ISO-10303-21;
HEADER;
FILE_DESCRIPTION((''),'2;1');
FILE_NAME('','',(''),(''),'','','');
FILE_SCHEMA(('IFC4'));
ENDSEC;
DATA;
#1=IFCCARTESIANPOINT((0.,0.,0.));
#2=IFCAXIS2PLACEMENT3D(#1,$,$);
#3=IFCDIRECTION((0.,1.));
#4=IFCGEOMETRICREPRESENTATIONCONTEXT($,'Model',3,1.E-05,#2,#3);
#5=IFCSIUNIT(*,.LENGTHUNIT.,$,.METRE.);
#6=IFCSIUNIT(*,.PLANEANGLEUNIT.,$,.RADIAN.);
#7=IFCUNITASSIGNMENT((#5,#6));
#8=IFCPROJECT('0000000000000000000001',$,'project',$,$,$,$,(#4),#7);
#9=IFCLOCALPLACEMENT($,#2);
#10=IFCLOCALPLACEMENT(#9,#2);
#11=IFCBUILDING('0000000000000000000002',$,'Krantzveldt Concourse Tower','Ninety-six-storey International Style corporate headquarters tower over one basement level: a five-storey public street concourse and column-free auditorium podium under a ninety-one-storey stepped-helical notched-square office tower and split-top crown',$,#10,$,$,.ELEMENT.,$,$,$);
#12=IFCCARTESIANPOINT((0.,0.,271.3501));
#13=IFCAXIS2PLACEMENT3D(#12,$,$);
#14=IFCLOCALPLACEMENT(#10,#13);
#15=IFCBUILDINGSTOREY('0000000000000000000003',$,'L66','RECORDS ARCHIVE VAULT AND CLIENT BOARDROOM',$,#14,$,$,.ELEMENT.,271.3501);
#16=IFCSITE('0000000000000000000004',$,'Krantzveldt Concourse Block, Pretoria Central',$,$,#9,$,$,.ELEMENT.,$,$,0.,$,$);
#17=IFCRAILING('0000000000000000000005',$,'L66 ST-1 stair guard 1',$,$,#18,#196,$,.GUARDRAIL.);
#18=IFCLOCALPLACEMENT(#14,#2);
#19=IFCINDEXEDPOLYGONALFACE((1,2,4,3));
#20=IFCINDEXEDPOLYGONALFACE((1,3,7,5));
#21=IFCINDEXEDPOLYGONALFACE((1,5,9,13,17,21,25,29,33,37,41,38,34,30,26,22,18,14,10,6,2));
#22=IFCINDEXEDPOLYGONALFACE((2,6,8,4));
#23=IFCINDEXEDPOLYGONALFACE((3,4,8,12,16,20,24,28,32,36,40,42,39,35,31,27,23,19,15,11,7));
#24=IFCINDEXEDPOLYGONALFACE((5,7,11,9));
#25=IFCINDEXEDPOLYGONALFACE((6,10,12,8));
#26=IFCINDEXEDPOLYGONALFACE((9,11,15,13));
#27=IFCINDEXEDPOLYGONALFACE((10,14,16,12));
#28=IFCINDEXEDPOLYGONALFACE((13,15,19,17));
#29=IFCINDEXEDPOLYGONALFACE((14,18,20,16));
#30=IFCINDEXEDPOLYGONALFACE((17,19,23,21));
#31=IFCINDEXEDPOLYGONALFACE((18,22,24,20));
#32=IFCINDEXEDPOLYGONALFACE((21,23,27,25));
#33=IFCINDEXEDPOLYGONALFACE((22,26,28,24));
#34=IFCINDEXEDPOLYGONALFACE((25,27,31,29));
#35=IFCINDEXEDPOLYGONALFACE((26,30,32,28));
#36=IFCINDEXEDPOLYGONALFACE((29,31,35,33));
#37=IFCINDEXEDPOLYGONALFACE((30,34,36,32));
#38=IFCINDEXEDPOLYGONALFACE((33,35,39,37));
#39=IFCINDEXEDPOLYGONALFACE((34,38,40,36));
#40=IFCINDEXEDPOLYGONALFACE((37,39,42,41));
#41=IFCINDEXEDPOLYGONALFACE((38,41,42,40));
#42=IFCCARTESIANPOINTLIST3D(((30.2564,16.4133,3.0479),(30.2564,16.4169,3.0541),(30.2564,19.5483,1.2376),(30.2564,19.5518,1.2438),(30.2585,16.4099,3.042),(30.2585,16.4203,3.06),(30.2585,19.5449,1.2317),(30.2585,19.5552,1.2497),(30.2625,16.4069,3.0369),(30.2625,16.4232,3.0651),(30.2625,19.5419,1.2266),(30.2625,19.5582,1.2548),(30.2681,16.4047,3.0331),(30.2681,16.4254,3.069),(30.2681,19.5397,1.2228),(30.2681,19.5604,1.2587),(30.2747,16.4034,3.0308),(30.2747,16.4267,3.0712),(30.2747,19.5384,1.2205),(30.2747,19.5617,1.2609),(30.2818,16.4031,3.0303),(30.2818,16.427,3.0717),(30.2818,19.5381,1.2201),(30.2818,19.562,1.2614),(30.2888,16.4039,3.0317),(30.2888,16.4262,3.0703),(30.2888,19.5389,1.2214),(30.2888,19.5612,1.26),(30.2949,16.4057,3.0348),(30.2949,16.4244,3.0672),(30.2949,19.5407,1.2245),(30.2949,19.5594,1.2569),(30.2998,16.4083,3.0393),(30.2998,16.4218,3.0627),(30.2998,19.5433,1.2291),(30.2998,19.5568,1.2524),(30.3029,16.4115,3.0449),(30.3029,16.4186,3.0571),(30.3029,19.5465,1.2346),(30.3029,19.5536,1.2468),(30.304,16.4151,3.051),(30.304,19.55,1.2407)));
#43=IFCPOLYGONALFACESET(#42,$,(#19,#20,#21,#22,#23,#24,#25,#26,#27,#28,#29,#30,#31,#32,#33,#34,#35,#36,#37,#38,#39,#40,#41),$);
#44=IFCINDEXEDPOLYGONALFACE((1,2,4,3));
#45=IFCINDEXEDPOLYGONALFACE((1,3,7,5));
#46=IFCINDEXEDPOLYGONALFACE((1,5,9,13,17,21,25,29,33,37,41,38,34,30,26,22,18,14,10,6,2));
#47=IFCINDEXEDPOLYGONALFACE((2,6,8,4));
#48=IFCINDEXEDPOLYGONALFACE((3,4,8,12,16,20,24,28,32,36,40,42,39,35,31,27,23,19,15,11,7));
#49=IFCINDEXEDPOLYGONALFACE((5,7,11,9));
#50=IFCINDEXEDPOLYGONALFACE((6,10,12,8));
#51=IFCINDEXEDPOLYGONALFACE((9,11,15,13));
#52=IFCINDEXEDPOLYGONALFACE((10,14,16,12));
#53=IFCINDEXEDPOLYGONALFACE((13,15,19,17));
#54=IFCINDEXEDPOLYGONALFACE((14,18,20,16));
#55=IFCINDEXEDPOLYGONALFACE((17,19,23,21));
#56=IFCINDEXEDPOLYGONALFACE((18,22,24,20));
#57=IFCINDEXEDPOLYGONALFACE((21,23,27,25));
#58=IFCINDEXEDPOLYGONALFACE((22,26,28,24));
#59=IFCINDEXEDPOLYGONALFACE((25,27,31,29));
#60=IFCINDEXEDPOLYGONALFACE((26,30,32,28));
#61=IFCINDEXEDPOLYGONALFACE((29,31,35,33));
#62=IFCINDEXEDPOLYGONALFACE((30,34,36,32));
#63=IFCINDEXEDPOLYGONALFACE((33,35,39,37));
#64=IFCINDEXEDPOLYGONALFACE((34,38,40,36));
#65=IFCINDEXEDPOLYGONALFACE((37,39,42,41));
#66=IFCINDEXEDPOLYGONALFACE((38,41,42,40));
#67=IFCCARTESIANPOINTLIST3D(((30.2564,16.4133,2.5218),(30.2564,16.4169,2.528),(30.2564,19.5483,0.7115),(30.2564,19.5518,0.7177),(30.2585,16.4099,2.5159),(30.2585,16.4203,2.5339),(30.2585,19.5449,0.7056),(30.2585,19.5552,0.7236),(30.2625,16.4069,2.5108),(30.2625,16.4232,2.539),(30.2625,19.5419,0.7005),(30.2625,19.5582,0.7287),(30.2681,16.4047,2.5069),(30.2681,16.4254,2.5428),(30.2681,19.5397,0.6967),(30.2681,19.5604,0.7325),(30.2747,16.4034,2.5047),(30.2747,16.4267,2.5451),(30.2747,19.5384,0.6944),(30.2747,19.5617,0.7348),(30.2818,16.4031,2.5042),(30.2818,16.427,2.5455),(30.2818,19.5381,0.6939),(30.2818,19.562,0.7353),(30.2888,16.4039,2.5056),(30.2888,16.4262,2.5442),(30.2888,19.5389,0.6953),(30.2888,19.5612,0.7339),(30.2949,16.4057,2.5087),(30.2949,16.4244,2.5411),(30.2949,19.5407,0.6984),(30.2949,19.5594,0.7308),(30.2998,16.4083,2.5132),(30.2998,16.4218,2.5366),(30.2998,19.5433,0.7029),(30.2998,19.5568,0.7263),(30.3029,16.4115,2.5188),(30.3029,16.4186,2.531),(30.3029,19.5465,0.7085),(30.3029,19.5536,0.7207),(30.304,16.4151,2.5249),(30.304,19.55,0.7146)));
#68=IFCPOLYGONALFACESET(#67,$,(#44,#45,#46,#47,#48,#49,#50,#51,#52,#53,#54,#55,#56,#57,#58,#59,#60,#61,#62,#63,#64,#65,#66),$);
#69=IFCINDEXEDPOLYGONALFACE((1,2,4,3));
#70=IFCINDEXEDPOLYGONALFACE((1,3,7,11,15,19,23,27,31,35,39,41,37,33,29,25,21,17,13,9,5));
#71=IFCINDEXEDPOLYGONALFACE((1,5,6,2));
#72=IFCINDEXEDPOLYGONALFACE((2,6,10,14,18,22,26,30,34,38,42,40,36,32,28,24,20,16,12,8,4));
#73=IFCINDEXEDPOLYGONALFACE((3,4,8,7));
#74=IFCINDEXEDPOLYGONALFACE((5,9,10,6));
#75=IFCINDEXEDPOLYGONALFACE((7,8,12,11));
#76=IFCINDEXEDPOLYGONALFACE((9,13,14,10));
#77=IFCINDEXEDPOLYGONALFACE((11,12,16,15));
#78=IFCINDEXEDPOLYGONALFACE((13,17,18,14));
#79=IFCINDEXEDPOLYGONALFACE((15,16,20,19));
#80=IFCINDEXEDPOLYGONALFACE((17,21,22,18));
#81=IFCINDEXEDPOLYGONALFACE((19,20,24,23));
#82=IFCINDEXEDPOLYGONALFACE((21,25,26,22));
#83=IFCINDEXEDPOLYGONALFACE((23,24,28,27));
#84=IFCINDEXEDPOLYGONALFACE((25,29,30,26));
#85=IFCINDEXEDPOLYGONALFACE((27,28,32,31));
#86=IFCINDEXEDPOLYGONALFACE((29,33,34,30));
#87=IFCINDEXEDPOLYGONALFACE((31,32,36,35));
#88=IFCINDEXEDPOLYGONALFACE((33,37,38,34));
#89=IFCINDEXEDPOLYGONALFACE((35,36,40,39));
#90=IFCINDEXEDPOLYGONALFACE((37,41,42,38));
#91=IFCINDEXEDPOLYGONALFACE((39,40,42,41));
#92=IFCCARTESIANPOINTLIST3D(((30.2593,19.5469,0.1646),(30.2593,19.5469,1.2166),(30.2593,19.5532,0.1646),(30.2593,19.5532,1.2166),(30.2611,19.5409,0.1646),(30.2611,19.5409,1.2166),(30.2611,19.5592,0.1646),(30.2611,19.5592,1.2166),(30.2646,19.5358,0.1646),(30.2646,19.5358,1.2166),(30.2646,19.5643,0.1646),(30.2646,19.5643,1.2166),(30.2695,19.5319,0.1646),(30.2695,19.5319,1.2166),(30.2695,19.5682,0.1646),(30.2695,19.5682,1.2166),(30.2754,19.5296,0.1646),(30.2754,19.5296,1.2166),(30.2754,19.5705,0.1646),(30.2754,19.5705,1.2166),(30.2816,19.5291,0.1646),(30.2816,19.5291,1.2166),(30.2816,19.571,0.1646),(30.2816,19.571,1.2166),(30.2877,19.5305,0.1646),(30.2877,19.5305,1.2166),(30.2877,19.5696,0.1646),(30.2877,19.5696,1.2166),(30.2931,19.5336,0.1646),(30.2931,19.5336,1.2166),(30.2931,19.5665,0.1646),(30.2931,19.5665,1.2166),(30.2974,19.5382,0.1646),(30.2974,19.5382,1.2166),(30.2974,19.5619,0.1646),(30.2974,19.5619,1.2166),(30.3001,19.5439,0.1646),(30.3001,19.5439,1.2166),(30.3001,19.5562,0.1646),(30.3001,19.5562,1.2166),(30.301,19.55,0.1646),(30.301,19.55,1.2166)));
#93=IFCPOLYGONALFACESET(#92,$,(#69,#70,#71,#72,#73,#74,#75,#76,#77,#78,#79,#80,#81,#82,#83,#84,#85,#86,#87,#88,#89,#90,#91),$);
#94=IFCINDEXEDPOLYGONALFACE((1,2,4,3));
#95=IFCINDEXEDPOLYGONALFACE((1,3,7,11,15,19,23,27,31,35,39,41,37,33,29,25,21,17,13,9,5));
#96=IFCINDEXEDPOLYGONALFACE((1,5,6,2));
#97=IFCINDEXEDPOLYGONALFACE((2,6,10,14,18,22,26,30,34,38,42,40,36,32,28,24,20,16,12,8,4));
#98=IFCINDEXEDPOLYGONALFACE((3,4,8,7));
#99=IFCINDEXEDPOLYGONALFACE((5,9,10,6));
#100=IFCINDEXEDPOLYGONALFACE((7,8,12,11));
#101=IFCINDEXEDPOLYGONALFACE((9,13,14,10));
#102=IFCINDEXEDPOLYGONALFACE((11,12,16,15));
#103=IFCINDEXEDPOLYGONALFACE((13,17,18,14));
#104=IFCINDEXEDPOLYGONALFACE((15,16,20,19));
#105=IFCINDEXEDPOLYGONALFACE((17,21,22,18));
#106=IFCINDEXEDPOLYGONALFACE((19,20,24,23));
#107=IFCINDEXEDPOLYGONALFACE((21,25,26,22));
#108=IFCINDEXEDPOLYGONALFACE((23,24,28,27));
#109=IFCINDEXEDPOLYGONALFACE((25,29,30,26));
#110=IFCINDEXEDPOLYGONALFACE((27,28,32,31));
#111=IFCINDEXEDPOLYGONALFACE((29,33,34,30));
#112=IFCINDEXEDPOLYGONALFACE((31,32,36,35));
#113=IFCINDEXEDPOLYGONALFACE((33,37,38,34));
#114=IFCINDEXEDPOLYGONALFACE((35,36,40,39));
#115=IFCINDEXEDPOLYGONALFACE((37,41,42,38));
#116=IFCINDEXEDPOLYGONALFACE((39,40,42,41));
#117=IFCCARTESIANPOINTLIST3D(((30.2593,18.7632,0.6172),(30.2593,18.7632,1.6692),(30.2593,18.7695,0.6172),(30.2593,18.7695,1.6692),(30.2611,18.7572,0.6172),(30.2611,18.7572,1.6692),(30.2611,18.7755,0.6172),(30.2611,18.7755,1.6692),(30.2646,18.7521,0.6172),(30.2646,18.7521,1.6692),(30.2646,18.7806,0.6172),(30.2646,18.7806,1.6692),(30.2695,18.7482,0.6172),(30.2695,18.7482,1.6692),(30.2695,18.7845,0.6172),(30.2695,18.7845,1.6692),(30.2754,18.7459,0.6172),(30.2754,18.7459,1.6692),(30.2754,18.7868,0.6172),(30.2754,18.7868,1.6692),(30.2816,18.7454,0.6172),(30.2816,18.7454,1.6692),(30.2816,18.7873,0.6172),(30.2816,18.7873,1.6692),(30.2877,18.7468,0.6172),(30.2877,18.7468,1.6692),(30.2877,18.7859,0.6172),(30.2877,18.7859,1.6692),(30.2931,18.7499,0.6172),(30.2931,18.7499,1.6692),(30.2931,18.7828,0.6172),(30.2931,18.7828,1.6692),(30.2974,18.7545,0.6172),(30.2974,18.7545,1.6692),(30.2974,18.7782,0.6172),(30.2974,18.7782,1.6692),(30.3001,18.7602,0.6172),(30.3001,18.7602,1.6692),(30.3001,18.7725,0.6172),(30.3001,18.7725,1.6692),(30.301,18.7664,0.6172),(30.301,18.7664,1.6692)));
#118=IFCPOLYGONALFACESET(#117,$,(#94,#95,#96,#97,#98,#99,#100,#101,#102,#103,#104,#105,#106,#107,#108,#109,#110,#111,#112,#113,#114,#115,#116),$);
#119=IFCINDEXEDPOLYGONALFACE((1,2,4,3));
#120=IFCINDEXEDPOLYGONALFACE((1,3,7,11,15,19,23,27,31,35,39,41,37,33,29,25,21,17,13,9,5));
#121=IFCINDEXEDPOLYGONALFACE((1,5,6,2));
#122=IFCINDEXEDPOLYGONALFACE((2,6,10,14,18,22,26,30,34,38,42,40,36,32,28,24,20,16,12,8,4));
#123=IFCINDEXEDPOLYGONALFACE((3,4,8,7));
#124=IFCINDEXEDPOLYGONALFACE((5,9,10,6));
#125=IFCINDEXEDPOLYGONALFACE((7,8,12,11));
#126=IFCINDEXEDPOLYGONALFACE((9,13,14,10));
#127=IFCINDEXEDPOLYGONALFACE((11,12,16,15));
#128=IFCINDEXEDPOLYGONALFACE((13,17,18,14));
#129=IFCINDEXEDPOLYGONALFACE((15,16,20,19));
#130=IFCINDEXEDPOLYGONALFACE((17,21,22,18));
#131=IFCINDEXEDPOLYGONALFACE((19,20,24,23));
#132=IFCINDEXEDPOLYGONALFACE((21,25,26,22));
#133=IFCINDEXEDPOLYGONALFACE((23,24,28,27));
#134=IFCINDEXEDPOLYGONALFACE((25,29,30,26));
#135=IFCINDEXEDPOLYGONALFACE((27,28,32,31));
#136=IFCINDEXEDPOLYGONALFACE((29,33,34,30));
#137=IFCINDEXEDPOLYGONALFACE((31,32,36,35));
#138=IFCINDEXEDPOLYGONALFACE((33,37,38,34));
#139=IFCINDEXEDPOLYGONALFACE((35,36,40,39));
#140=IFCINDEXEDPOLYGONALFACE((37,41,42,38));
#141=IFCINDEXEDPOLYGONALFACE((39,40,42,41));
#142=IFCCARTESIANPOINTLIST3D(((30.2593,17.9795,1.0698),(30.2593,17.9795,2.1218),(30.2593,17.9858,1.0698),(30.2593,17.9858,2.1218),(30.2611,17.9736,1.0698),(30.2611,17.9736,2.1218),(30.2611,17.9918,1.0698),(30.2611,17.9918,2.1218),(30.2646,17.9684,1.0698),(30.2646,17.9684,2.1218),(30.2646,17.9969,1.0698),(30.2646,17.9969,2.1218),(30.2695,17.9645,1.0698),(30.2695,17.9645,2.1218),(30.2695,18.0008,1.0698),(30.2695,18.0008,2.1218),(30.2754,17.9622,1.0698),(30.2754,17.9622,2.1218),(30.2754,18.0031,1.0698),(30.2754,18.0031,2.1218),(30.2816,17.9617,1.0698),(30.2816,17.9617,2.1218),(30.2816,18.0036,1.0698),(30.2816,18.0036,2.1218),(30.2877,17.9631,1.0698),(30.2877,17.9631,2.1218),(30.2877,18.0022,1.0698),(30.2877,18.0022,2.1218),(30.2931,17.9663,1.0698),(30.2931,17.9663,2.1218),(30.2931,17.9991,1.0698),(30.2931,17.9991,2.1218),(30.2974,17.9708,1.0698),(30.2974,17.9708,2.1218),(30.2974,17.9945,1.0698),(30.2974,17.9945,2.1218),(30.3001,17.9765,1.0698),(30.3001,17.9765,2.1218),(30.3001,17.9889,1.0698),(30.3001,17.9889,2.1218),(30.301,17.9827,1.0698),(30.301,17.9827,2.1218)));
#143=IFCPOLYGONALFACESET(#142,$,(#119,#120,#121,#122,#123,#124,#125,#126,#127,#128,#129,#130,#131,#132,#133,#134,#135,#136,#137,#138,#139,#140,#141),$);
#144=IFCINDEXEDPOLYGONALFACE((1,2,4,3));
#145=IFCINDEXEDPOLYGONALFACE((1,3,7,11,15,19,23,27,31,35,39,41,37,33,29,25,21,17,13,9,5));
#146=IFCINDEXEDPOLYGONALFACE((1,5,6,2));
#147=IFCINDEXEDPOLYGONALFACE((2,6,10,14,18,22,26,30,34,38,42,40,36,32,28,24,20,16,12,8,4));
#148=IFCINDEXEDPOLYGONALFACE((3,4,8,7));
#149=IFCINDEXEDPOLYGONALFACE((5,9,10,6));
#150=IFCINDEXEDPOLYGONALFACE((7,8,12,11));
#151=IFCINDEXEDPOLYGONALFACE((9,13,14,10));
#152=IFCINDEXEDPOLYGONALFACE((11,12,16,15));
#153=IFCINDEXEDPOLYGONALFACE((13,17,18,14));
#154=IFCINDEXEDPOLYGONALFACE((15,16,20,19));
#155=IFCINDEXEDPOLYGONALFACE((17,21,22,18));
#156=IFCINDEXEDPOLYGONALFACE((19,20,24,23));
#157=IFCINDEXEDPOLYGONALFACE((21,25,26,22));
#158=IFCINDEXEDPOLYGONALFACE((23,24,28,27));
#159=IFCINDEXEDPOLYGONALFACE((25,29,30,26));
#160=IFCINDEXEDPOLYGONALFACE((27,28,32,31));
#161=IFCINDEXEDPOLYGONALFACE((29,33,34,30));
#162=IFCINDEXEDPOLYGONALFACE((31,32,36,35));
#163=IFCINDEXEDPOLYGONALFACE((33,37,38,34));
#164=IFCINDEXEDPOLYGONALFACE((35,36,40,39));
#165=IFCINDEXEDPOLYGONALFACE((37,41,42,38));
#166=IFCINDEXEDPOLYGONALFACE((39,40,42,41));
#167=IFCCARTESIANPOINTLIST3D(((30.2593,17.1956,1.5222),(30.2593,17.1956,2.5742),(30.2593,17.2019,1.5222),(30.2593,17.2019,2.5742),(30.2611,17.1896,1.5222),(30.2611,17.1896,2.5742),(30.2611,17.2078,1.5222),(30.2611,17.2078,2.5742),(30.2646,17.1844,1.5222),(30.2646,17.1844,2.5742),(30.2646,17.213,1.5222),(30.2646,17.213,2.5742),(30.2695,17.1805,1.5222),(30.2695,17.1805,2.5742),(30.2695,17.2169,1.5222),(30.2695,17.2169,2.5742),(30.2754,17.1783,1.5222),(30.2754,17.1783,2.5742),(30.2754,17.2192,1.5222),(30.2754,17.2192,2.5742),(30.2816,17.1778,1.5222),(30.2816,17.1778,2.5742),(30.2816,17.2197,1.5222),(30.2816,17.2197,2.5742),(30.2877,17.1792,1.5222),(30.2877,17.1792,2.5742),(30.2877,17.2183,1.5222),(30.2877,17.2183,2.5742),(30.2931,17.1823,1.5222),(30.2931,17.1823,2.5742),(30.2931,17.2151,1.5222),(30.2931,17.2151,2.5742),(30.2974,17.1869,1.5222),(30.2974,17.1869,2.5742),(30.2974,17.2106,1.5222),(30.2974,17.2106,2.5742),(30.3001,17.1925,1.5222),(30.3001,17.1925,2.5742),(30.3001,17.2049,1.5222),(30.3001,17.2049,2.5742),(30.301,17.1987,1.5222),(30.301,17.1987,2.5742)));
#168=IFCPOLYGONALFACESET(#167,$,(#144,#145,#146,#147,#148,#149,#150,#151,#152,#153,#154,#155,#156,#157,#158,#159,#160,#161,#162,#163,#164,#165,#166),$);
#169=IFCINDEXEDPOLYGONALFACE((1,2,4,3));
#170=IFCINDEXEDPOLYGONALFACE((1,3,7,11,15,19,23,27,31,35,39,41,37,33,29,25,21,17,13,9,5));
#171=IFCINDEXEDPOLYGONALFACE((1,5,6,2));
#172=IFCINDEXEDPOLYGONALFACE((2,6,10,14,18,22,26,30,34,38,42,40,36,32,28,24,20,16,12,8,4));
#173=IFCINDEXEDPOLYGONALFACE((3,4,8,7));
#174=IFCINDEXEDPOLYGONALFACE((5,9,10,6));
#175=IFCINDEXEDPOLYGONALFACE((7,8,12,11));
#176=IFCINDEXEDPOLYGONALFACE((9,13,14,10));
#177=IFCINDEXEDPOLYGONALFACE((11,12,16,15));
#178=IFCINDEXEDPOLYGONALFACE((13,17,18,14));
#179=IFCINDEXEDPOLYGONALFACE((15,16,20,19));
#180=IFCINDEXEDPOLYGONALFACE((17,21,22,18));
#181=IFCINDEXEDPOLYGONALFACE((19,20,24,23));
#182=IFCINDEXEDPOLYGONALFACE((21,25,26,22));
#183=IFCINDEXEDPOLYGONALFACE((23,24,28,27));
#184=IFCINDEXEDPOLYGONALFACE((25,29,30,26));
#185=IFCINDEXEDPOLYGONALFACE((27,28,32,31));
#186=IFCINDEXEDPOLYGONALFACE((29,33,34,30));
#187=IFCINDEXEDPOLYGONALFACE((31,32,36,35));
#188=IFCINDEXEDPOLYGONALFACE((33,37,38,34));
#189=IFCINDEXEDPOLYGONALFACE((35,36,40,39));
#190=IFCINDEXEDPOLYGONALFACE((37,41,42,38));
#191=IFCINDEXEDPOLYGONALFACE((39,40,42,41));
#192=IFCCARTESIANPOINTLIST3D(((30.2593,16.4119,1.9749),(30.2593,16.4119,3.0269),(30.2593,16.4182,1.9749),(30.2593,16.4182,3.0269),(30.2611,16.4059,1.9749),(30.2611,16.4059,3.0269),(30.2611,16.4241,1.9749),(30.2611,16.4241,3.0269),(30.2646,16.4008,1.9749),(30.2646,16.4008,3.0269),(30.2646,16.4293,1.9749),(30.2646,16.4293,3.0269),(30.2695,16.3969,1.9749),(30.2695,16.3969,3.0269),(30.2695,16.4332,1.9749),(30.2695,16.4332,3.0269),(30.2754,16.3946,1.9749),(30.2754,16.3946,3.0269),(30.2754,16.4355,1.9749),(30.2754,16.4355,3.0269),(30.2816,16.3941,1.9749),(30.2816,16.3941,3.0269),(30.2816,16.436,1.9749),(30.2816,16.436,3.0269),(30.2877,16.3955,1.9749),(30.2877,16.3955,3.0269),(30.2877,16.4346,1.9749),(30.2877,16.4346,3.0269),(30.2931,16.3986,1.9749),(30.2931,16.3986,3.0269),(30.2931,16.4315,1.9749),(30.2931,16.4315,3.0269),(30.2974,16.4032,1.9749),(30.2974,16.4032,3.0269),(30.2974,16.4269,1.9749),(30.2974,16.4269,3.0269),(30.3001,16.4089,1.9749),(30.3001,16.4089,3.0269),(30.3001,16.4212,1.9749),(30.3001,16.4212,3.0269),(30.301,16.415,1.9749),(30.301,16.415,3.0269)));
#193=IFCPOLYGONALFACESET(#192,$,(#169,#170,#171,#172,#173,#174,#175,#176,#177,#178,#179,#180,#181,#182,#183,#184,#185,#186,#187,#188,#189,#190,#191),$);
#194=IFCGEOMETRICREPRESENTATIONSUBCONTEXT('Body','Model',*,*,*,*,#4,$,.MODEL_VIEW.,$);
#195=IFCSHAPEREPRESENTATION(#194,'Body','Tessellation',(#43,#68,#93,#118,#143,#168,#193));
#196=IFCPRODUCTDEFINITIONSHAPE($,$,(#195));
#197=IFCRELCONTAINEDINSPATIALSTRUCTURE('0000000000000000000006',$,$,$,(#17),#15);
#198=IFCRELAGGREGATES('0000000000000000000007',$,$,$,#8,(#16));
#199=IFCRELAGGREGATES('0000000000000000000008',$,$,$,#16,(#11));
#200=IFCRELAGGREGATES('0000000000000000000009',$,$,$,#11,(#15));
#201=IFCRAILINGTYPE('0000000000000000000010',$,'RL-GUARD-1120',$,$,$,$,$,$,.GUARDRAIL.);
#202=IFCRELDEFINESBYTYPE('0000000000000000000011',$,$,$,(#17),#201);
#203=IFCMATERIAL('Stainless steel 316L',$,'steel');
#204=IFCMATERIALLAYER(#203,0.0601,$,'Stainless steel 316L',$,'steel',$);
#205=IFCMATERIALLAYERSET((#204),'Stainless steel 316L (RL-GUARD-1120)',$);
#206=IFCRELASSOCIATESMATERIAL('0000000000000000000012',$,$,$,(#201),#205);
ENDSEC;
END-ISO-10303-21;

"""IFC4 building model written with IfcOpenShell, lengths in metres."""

from ifc_helpers import new_model, si_unit, direction, frame, origin, origin_2d, place, context, subcontext, project, spatial, circle, extrude, material, layer, layer_set, type_object, element, save


model = new_model("IFC4")

# Units and contexts
model_context = context("Model", 3, precision=1e-05, world=origin(), true_north=direction((0.0, 1.0)))
body_context = subcontext(model_context, "Body", "Model", "MODEL_VIEW")
ifc_project = project(units=[si_unit("LENGTHUNIT", "METRE"), si_unit("PLANEANGLEUNIT", "RADIAN")], contexts=[model_context])

# Site, building, storey
site_placement = place(None, origin())
site = spatial("IfcSite", under=ifc_project, at=site_placement, Name="Krantzveldt Concourse Block, Pretoria Central", CompositionType="ELEMENT", RefElevation=0.0)
building_placement = place(site_placement, origin())
building = spatial("IfcBuilding", under=site, at=building_placement, Name="Krantzveldt Concourse Tower", Description="Ninety-six-storey International Style corporate headquarters tower over one basement level: a five-storey public street concourse and column-free auditorium podium under a ninety-one-storey stepped-helical notched-square office tower and split-top crown", CompositionType="ELEMENT")
storey_placement = place(building_placement, frame((0.0, 0.0, 271.3501)))
storey = spatial("IfcBuildingStorey", under=building, at=storey_placement, Name="L66", Description="RECORDS ARCHIVE VAULT AND CLIENT BOARDROOM", CompositionType="ELEMENT", Elevation=271.3501)

# Railing
ifc_material_1 = material(Name="Stainless steel 316L", Category="steel")
ifc_layer_1 = layer(ifc_material_1, 0.0601, Name="Stainless steel 316L", Category="steel")
ifc_layer_set_1 = layer_set([ifc_layer_1], Name="Stainless steel 316L (RL-GUARD-1120)")
railing_type_1 = type_object("IfcRailingType", Name="RL-GUARD-1120", PredefinedType="GUARDRAIL", material=ifc_layer_set_1)
railing_1_placement = place(storey_placement, frame((30.28, 19.55, 0.1646)))
element("IfcRailing", 1, at=railing_1_placement, inside=storey, type_object=railing_type_1, Name="L66 ST-1 stair guard 1", PredefinedType="GUARDRAIL", context=body_context, shape_type="SweptSolid", body=[
    extrude(circle(Radius=0.0239, at=origin_2d()), frame((0.0, 0.0, 1.0762), z_axis=(0.0, -0.865989, 0.500063), x_axis=(1.0, 0.0, 0.0)), (0.0, 0.0, 1.0), 3.6201),
    extrude(circle(Radius=0.0239, at=origin_2d()), frame((0.0, 0.0, 0.55), z_axis=(0.0, -0.865989, 0.500063), x_axis=(1.0, 0.0, 0.0)), (0.0, 0.0, 1.0), 3.6201),
    extrude(circle(Radius=0.021, at=origin_2d()), origin(), (0.0, 0.0, 1.0), 1.052),
    extrude(circle(Radius=0.021, at=origin_2d()), frame((0.0, -0.7837, 0.4526)), (0.0, 0.0, 1.0), 1.052),
    extrude(circle(Radius=0.021, at=origin_2d()), frame((0.0, -1.5674, 0.9053)), (0.0, 0.0, 1.0), 1.052),
    extrude(circle(Radius=0.021, at=origin_2d()), frame((0.0, -2.3513, 1.3577)), (0.0, 0.0, 1.0), 1.052),
    extrude(circle(Radius=0.021, at=origin_2d()), frame((0.0, -3.135, 1.8103)), (0.0, 0.0, 1.0), 1.052),
])

save(model, "model.ifc")
